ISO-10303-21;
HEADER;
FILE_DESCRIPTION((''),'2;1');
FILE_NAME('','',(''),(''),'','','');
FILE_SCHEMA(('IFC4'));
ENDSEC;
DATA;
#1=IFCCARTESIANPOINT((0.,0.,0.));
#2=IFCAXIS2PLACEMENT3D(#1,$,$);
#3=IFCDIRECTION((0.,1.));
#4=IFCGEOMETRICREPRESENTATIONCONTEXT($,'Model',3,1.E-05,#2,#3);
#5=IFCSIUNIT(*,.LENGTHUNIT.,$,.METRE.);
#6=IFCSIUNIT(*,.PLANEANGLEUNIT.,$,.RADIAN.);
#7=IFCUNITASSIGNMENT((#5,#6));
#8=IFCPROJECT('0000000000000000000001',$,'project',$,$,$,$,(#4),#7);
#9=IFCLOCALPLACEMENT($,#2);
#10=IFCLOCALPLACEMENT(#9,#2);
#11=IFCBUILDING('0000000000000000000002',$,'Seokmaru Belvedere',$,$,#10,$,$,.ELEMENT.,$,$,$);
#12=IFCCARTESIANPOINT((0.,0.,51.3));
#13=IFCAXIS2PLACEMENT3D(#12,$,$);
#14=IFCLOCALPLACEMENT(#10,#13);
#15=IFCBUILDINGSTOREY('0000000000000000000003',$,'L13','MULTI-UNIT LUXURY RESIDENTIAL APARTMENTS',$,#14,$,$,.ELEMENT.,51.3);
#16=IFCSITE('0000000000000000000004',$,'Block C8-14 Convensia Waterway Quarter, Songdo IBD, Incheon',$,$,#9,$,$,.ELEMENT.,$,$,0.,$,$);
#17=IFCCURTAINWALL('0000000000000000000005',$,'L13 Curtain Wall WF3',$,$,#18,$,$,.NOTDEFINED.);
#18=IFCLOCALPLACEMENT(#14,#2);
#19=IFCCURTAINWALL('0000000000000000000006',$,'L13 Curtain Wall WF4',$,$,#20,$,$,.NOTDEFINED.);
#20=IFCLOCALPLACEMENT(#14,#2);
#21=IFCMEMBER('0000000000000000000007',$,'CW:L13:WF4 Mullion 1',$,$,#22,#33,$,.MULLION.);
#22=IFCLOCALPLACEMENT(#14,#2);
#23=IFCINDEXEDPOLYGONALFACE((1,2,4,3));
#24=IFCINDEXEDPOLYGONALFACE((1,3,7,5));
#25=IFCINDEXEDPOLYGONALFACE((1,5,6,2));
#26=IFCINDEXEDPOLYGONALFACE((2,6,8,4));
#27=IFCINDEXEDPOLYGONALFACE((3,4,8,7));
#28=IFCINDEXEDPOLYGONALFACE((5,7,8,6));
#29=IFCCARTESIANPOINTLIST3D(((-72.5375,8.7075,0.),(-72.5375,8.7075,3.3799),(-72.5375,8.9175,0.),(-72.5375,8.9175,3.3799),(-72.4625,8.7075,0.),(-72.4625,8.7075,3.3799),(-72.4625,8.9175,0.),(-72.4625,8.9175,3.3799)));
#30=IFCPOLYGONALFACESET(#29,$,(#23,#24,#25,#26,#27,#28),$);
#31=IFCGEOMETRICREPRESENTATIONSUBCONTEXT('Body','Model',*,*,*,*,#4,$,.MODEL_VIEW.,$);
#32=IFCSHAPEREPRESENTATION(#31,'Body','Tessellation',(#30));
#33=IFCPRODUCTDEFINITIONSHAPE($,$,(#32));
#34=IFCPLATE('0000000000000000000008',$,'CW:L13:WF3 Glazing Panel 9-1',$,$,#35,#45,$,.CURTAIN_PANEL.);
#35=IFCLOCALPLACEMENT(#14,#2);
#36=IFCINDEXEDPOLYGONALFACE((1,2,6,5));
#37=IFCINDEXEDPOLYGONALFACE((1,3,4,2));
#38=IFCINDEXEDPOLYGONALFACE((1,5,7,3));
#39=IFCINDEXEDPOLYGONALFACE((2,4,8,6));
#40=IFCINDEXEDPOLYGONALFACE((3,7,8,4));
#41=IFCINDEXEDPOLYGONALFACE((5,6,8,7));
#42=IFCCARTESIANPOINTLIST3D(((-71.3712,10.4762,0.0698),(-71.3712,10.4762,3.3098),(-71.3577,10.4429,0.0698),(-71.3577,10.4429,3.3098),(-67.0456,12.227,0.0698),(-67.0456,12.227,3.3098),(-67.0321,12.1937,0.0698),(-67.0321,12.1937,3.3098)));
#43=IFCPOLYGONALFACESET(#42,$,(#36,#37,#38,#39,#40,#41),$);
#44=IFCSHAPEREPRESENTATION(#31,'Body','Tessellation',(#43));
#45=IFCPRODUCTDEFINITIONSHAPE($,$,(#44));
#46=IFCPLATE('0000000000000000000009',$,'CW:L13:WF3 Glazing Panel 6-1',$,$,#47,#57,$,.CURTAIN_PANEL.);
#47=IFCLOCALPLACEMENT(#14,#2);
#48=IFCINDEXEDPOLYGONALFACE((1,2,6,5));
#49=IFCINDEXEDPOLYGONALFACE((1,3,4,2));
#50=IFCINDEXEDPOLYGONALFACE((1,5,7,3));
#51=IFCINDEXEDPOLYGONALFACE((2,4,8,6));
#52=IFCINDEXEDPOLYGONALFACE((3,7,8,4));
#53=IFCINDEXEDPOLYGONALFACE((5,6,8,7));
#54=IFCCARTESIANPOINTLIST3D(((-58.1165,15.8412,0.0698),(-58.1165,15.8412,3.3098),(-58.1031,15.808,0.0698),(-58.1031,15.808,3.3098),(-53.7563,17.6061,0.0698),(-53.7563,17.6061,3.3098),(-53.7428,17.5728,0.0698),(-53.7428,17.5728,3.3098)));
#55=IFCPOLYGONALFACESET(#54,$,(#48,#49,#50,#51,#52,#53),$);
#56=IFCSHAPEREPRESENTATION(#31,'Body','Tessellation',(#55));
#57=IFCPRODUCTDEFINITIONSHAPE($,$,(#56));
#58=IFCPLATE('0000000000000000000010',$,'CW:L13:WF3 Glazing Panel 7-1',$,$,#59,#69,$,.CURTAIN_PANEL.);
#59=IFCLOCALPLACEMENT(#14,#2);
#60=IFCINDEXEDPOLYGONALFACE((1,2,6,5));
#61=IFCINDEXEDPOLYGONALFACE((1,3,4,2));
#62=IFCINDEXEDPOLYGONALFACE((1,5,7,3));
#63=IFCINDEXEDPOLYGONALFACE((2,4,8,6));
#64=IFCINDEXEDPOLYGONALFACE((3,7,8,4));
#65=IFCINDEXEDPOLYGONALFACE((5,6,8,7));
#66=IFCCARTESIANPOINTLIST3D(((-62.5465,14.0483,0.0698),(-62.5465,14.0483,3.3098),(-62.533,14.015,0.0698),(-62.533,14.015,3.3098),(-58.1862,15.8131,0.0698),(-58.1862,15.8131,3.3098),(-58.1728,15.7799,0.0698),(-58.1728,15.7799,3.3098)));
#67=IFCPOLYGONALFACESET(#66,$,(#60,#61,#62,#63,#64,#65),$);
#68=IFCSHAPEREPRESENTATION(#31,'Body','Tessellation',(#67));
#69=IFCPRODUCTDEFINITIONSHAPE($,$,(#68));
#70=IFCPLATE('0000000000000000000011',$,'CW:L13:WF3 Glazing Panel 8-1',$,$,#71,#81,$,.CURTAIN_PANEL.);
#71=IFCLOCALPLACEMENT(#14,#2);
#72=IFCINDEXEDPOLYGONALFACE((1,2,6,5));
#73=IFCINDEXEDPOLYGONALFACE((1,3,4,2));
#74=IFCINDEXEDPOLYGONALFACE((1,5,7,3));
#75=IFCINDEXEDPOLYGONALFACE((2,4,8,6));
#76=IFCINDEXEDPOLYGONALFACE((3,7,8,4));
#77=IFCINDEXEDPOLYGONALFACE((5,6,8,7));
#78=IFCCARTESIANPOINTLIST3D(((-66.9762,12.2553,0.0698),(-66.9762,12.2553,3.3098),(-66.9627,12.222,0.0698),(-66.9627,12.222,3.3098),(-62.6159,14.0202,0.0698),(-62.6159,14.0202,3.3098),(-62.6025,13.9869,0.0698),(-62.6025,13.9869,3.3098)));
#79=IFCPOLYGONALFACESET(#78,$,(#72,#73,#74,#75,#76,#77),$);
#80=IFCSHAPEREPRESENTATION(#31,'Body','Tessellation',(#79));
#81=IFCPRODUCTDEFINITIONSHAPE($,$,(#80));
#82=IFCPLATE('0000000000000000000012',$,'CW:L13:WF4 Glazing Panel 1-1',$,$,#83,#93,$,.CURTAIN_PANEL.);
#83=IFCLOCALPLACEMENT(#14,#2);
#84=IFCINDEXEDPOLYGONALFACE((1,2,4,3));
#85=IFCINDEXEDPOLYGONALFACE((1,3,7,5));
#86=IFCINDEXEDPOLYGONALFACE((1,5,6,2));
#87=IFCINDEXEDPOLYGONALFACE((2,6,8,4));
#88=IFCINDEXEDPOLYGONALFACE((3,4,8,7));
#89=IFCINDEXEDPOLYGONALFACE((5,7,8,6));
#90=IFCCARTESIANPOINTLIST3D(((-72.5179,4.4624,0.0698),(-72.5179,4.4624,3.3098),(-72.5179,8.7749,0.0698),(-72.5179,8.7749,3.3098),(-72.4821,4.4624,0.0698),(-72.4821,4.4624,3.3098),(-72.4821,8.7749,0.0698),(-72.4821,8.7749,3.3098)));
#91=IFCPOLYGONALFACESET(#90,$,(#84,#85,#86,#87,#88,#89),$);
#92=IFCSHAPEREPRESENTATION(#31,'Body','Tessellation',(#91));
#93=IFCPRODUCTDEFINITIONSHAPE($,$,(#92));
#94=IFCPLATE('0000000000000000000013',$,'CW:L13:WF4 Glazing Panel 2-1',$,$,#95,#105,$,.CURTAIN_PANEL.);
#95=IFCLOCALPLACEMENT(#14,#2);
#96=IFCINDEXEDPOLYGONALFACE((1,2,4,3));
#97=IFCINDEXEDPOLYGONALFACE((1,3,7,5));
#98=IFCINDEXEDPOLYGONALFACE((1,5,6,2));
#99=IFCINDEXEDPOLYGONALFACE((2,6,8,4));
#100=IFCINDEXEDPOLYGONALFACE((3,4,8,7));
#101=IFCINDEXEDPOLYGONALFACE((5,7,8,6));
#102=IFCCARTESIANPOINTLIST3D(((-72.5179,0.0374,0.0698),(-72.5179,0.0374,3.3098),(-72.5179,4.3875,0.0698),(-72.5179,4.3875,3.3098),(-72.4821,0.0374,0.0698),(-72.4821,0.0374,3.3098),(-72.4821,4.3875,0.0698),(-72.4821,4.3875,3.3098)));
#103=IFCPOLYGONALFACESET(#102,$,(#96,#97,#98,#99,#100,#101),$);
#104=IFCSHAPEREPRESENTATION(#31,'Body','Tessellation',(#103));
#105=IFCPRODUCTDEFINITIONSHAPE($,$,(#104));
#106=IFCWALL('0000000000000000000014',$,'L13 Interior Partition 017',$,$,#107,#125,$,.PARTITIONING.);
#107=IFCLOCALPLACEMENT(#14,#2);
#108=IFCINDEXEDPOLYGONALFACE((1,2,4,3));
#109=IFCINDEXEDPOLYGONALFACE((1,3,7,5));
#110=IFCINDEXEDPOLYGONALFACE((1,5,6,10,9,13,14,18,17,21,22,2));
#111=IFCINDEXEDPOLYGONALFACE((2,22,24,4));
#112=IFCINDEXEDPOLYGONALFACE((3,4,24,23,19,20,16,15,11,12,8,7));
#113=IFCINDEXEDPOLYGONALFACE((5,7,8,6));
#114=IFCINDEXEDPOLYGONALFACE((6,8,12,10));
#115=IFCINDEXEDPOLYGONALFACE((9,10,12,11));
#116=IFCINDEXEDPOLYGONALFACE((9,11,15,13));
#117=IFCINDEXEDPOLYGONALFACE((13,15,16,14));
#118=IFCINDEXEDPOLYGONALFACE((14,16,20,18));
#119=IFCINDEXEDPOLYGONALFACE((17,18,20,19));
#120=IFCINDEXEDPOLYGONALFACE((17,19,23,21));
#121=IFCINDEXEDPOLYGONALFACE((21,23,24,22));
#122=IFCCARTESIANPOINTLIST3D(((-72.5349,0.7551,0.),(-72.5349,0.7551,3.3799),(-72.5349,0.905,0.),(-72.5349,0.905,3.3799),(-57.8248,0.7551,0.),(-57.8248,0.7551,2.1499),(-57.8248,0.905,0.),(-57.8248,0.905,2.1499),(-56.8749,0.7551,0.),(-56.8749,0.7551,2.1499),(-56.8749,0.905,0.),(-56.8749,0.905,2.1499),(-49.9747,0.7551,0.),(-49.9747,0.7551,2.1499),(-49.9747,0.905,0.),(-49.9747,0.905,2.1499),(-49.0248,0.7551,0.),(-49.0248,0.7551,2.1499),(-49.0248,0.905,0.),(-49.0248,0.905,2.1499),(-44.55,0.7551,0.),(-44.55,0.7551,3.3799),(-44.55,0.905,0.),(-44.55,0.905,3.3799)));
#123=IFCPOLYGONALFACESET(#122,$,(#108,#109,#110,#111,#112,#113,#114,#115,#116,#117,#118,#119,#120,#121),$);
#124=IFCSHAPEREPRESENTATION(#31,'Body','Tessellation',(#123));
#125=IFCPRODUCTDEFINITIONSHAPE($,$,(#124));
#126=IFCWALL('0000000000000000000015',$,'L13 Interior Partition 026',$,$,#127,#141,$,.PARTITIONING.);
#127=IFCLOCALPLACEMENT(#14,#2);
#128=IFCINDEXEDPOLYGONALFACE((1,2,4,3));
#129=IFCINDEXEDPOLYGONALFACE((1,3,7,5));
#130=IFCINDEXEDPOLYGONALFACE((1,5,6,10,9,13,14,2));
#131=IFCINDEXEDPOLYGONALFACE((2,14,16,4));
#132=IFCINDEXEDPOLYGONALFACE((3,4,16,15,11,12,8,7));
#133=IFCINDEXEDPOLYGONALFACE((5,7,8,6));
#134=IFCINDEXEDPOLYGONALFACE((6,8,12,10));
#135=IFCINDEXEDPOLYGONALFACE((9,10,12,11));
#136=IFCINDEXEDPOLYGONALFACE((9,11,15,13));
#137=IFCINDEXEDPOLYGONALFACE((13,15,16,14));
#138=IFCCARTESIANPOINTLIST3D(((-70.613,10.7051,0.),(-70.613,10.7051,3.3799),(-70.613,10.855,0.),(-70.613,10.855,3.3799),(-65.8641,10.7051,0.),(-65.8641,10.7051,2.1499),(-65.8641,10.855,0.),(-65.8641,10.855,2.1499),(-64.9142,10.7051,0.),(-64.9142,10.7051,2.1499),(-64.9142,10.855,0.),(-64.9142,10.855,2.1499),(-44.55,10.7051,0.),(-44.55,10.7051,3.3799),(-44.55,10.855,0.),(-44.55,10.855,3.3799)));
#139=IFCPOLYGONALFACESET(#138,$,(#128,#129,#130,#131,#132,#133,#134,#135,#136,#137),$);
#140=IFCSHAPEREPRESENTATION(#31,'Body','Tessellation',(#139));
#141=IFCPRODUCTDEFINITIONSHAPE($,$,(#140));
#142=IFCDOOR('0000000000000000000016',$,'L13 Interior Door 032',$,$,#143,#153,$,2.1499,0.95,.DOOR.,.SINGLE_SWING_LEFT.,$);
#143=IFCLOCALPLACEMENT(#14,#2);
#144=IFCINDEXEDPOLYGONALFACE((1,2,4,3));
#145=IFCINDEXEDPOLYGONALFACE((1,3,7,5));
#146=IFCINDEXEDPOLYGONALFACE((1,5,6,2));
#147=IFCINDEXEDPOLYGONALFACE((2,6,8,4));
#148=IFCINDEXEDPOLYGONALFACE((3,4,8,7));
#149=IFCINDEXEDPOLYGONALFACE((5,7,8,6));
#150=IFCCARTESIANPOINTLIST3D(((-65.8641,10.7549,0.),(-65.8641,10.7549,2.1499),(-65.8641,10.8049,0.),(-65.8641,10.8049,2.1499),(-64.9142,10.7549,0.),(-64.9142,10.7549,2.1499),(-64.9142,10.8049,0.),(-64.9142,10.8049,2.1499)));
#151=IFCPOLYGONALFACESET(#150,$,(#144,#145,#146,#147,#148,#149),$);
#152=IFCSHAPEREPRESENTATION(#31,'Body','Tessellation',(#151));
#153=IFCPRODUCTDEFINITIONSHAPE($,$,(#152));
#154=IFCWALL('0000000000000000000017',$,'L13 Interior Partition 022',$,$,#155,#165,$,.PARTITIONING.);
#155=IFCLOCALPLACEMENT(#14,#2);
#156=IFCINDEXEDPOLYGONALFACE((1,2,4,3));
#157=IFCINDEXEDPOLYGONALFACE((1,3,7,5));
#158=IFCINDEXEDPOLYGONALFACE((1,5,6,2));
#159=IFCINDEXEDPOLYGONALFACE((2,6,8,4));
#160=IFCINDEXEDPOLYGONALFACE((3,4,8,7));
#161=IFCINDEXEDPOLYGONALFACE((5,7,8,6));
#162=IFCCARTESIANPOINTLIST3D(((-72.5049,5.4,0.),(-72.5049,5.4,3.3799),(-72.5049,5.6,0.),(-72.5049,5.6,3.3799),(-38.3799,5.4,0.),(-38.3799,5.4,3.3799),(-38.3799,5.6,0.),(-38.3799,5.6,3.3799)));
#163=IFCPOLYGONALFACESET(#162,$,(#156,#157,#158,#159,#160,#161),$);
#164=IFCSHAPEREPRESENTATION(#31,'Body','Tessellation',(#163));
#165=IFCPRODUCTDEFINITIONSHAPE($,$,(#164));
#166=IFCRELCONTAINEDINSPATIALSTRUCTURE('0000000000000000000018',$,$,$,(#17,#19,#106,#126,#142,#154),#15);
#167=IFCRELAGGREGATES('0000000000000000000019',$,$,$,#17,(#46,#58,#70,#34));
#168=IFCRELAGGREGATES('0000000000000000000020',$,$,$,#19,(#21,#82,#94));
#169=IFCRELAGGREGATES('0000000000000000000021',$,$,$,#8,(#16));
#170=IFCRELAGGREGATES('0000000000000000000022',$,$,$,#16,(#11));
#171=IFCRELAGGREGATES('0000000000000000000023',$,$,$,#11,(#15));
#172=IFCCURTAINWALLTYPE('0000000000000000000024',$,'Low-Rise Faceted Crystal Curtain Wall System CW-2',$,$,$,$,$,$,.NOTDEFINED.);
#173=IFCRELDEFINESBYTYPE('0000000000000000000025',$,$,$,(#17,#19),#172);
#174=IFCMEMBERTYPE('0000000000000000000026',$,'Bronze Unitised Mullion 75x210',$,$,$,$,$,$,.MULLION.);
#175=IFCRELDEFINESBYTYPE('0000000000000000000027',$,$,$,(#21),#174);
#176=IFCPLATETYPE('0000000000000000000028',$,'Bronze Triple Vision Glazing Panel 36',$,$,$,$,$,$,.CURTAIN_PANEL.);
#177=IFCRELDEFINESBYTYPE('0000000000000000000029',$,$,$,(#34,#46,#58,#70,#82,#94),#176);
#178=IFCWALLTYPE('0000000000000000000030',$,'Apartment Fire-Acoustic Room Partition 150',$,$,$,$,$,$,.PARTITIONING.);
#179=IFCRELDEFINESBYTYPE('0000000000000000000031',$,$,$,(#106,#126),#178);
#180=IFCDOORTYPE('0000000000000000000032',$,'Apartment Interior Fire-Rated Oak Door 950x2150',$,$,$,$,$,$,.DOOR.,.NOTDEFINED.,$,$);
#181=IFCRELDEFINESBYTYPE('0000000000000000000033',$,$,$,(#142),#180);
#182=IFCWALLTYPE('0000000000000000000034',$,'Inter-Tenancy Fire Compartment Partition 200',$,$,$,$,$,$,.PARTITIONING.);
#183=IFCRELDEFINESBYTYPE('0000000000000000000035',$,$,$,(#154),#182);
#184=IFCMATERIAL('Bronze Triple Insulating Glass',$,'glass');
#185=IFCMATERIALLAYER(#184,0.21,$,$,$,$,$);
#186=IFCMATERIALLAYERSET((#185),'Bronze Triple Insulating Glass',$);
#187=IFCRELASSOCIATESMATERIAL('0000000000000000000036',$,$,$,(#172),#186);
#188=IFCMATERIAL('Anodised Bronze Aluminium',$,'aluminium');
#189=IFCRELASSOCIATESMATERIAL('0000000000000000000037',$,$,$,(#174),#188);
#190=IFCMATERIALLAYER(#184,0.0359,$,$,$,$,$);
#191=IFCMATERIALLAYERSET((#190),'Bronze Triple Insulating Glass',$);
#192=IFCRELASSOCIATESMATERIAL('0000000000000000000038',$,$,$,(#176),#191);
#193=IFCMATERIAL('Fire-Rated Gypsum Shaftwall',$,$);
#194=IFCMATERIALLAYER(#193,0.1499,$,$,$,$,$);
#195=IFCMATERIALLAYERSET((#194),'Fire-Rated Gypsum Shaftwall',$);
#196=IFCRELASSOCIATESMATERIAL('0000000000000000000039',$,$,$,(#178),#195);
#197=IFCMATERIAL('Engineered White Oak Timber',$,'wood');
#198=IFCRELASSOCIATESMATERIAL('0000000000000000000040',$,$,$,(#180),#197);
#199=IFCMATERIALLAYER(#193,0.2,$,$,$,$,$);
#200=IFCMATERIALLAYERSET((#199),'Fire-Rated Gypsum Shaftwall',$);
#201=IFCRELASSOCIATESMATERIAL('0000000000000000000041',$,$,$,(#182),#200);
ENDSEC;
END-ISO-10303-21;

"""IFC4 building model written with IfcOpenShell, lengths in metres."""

from ifc_helpers import new_model, si_unit, direction, frame, frame_2d, origin, origin_2d, place, context, subcontext, project, spatial, rectangle, extrude, source, transform, mapped, material, layer, layer_set, material_profile, profile_set, type_object, type_shapes, element, fill, aggregate, save


model = new_model("IFC4")

# Units and contexts
model_context = context("Model", 3, precision=1e-05, world=origin(), true_north=direction((0.0, 1.0)))
body_context = subcontext(model_context, "Body", "Model", "MODEL_VIEW")
ifc_project = project(units=[si_unit("LENGTHUNIT", "METRE"), si_unit("PLANEANGLEUNIT", "RADIAN")], contexts=[model_context])

# Site, building, storey
site_placement = place(None, origin())
site = spatial("IfcSite", under=ifc_project, at=site_placement, Name="Block C8-14 Convensia Waterway Quarter, Songdo IBD, Incheon", CompositionType="ELEMENT", RefElevation=0.0)
building_placement = place(site_placement, origin())
building = spatial("IfcBuilding", under=site, at=building_placement, Name="Seokmaru Belvedere", CompositionType="ELEMENT")
storey_placement = place(building_placement, frame((0.0, 0.0, 51.3)))
storey = spatial("IfcBuildingStorey", under=building, at=storey_placement, Name="L13", Description="MULTI-UNIT LUXURY RESIDENTIAL APARTMENTS", CompositionType="ELEMENT", Elevation=51.3)

# Curtain walls
ifc_material_1 = material(Name="Bronze Triple Insulating Glass", Category="glass")
ifc_layer_1 = layer(ifc_material_1, 0.21)
ifc_layer_set_1 = layer_set([ifc_layer_1], Name="Bronze Triple Insulating Glass")
curtain_wall_type = type_object("IfcCurtainWallType", Name="Low-Rise Faceted Crystal Curtain Wall System CW-2", PredefinedType="NOTDEFINED", material=ifc_layer_set_1)
curtain_wall_1_placement = place(storey_placement, origin())
curtain_wall_1 = element("IfcCurtainWall", 1, at=curtain_wall_1_placement, inside=storey, type_object=curtain_wall_type, Name="L13 Curtain Wall WF3", PredefinedType="NOTDEFINED")
ifc_material_2 = material(Name="Anodised Bronze Aluminium", Category="aluminium")
ifc_material_profile_1 = material_profile(ifc_material_2, rectangle(XDim=0.075, YDim=0.21, at=origin_2d()), Name="CW-M-75x210")
ifc_profile_set_1 = profile_set([ifc_material_profile_1], Name="Anodised Bronze Aluminium")
member_type_1 = type_object("IfcMemberType", Name="Bronze Unitised Mullion 75x210", PredefinedType="MULLION", material=ifc_profile_set_1)
curtain_wall_2_placement = place(storey_placement, origin())
curtain_wall_2 = element("IfcCurtainWall", 2, at=curtain_wall_2_placement, inside=storey, type_object=curtain_wall_type, Name="L13 Curtain Wall WF4", PredefinedType="NOTDEFINED")

# Member
shared_shape_1 = source(origin(), body_context, "Body", "SweptSolid", [
    extrude(rectangle(XDim=0.075, YDim=0.21, at=origin_2d()), origin(), (0.0, 0.0, 1.0), 3.3799),
])
member_1_placement = place(storey_placement, frame((-72.5, 8.8125, 0.0), z_axis=(0.0, 0.0, 1.0), x_axis=(1.0, 0.0, 0.0)))
member_1 = element("IfcMember", 3, at=member_1_placement, type_object=member_type_1, Name="CW:L13:WF4 Mullion 1", PredefinedType="MULLION", context=body_context, shape_type="MappedRepresentation", body=[
    mapped(shared_shape_1, transform((0.0, 0.0, 0.0), scale=1.0)),
])

# Plates
ifc_layer_2 = layer(ifc_material_1, 0.0359)
ifc_layer_set_2 = layer_set([ifc_layer_2], Name="Bronze Triple Insulating Glass")
plate_type = type_object("IfcPlateType", Name="Bronze Triple Vision Glazing Panel 36", PredefinedType="CURTAIN_PANEL", material=ifc_layer_set_2)
shared_shape_2 = source(origin(), body_context, "Body", "SweptSolid", [
    extrude(rectangle(XDim=4.6665, YDim=0.0359, at=origin_2d()), origin(), (0.0, 0.0, 1.0), 3.24),
])
plate_1_placement = place(storey_placement, frame((-69.2017, 11.335, 0.0698), z_axis=(0.0, 0.0, 1.0), x_axis=(-0.926947, -0.375192, 0.0)))
plate_1 = element("IfcPlate", 4, at=plate_1_placement, type_object=plate_type, Name="CW:L13:WF3 Glazing Panel 9-1", PredefinedType="CURTAIN_PANEL", context=body_context, shape_type="MappedRepresentation", body=[
    mapped(shared_shape_2, transform((0.0, 0.0, 0.0), scale=1.0)),
])
shared_shape_3 = source(origin(), body_context, "Body", "SweptSolid", [
    extrude(rectangle(XDim=4.7039, YDim=0.0359, at=origin_2d()), origin(), (0.0, 0.0, 1.0), 3.24),
])
plate_2_placement = place(storey_placement, frame((-55.9297, 16.707, 0.0698), z_axis=(0.0, 0.0, 1.0), x_axis=(-0.926947, -0.375192, 0.0)))
plate_2 = element("IfcPlate", 5, at=plate_2_placement, type_object=plate_type, Name="CW:L13:WF3 Glazing Panel 6-1", PredefinedType="CURTAIN_PANEL", context=body_context, shape_type="MappedRepresentation", body=[
    mapped(shared_shape_3, transform((0.0, 0.0, 0.0), scale=1.0)),
])
plate_3_placement = place(storey_placement, frame((-60.3596, 14.9141, 0.0698), z_axis=(0.0, 0.0, 1.0), x_axis=(-0.926947, -0.375192, 0.0)))
plate_3 = element("IfcPlate", 6, at=plate_3_placement, type_object=plate_type, Name="CW:L13:WF3 Glazing Panel 7-1", PredefinedType="CURTAIN_PANEL", context=body_context, shape_type="MappedRepresentation", body=[
    mapped(shared_shape_3, transform((0.0, 0.0, 0.0), scale=1.0)),
])
plate_4_placement = place(storey_placement, frame((-64.7893, 13.1211, 0.0698), z_axis=(0.0, 0.0, 1.0), x_axis=(-0.926947, -0.375192, 0.0)))
plate_4 = element("IfcPlate", 7, at=plate_4_placement, type_object=plate_type, Name="CW:L13:WF3 Glazing Panel 8-1", PredefinedType="CURTAIN_PANEL", context=body_context, shape_type="MappedRepresentation", body=[
    mapped(shared_shape_3, transform((0.0, 0.0, 0.0), scale=1.0)),
])
aggregate(curtain_wall_1, [plate_2, plate_3, plate_4, plate_1])
shared_shape_4 = source(origin(), body_context, "Body", "SweptSolid", [
    extrude(rectangle(XDim=4.3125, YDim=0.0359, at=origin_2d()), origin(), (0.0, 0.0, 1.0), 3.24),
])
plate_5_placement = place(storey_placement, frame((-72.5, 6.6187, 0.0698), z_axis=(0.0, 0.0, 1.0), x_axis=(0.0, -1.0, 0.0)))
plate_5 = element("IfcPlate", 8, at=plate_5_placement, type_object=plate_type, Name="CW:L13:WF4 Glazing Panel 1-1", PredefinedType="CURTAIN_PANEL", context=body_context, shape_type="MappedRepresentation", body=[
    mapped(shared_shape_4, transform((0.0, 0.0, 0.0), scale=1.0)),
])
shared_shape_5 = source(origin(), body_context, "Body", "SweptSolid", [
    extrude(rectangle(XDim=4.3501, YDim=0.0359, at=origin_2d()), origin(), (0.0, 0.0, 1.0), 3.24),
])
type_shapes(plate_type, [shared_shape_2, shared_shape_3, shared_shape_4, shared_shape_5])
plate_6_placement = place(storey_placement, frame((-72.5, 2.2124, 0.0698), z_axis=(0.0, 0.0, 1.0), x_axis=(0.0, -1.0, 0.0)))
plate_6 = element("IfcPlate", 9, at=plate_6_placement, type_object=plate_type, Name="CW:L13:WF4 Glazing Panel 2-1", PredefinedType="CURTAIN_PANEL", context=body_context, shape_type="MappedRepresentation", body=[
    mapped(shared_shape_5, transform((0.0, 0.0, 0.0), scale=1.0)),
])
aggregate(curtain_wall_2, [member_1, plate_5, plate_6])

# Wall, openings
ifc_material_3 = material(Name="Fire-Rated Gypsum Shaftwall")
ifc_layer_3 = layer(ifc_material_3, 0.1499)
ifc_layer_set_3 = layer_set([ifc_layer_3], Name="Fire-Rated Gypsum Shaftwall")
wall_type_1 = type_object("IfcWallType", Name="Apartment Fire-Acoustic Room Partition 150", PredefinedType="PARTITIONING", material=ifc_layer_set_3)
wall_1_placement = place(storey_placement, frame((-72.5349, 0.8301, 0.0), z_axis=(0.0, 0.0, 1.0), x_axis=(1.0, 0.0, 0.0)))
wall_1 = element("IfcWall", 10, at=wall_1_placement, inside=storey, type_object=wall_type_1, Name="L13 Interior Partition 017", PredefinedType="PARTITIONING", context=body_context, shape_type="SweptSolid", body=[
    extrude(rectangle(XDim=27.9849, YDim=0.1499, at=frame_2d((13.9924, 0.0))), origin(), (0.0, 0.0, 1.0), 3.3799),
])
opening_1_placement = place(wall_1_placement, frame((22.5601, 0.0, 0.0)))
element("IfcOpeningElement", 11, at=opening_1_placement, cuts=wall_1, PredefinedType="OPENING", context=body_context, shape_type="SweptSolid", body=[
    extrude(rectangle(XDim=0.95, YDim=2.1499, at=frame_2d((0.4751, 1.075))), frame((0.0, 0.085, 0.0), z_axis=(0.0, -1.0, 0.0), x_axis=(1.0, 0.0, 0.0)), (0.0, 0.0, 1.0), 0.1699),
])
opening_2_placement = place(wall_1_placement, frame((14.71, 0.0, 0.0)))
element("IfcOpeningElement", 12, at=opening_2_placement, cuts=wall_1, PredefinedType="OPENING", context=body_context, shape_type="SweptSolid", body=[
    extrude(rectangle(XDim=0.95, YDim=2.1499, at=frame_2d((0.4751, 1.075))), frame((0.0, 0.085, 0.0), z_axis=(0.0, -1.0, 0.0), x_axis=(1.0, 0.0, 0.0)), (0.0, 0.0, 1.0), 0.1699),
])

# Wall, opening, door
wall_2_placement = place(storey_placement, frame((-70.613, 10.78, 0.0), z_axis=(0.0, 0.0, 1.0), x_axis=(1.0, 0.0, 0.0)))
wall_2 = element("IfcWall", 13, at=wall_2_placement, inside=storey, type_object=wall_type_1, Name="L13 Interior Partition 026", PredefinedType="PARTITIONING", context=body_context, shape_type="SweptSolid", body=[
    extrude(rectangle(XDim=26.063, YDim=0.1499, at=frame_2d((13.0315, 0.0))), origin(), (0.0, 0.0, 1.0), 3.3799),
])
opening_3_placement = place(wall_2_placement, frame((4.7488, 0.0, 0.0)))
opening_3 = element("IfcOpeningElement", 14, at=opening_3_placement, cuts=wall_2, PredefinedType="OPENING", context=body_context, shape_type="SweptSolid", body=[
    extrude(rectangle(XDim=0.95, YDim=2.1499, at=frame_2d((0.4751, 1.075))), frame((0.0, 0.085, 0.0), z_axis=(0.0, -1.0, 0.0), x_axis=(1.0, 0.0, 0.0)), (0.0, 0.0, 1.0), 0.1699),
])
ifc_material_4 = material(Name="Engineered White Oak Timber", Category="wood")
door_type = type_object("IfcDoorType", Name="Apartment Interior Fire-Rated Oak Door 950x2150", OperationType="NOTDEFINED", PredefinedType="DOOR", material=ifc_material_4)
shared_shape_6 = source(origin(), body_context, "Body", "SweptSolid", [
    extrude(rectangle(XDim=0.95, YDim=2.1499, at=frame_2d((0.4751, 1.075))), frame((0.0, 0.0249, 0.0), z_axis=(0.0, -1.0, 0.0), x_axis=(1.0, 0.0, 0.0)), (0.0, 0.0, 1.0), 0.05),
])
type_shapes(door_type, [shared_shape_6])
door_placement = place(opening_3_placement, origin())
door = element("IfcDoor", 15, at=door_placement, inside=storey, type_object=door_type, Name="L13 Interior Door 032", OperationType="SINGLE_SWING_LEFT", OverallHeight=2.1499, OverallWidth=0.95, PredefinedType="DOOR", context=body_context, shape_type="MappedRepresentation", body=[
    mapped(shared_shape_6, transform((0.0, 0.0, 0.0), scale=1.0)),
])
fill(opening_3, door)

# Wall
ifc_layer_4 = layer(ifc_material_3, 0.2)
ifc_layer_set_4 = layer_set([ifc_layer_4], Name="Fire-Rated Gypsum Shaftwall")
wall_type_2 = type_object("IfcWallType", Name="Inter-Tenancy Fire Compartment Partition 200", PredefinedType="PARTITIONING", material=ifc_layer_set_4)
wall_3_placement = place(storey_placement, frame((-72.5049, 5.5, 0.0), z_axis=(0.0, 0.0, 1.0), x_axis=(1.0, 0.0, 0.0)))
element("IfcWall", 16, at=wall_3_placement, inside=storey, type_object=wall_type_2, Name="L13 Interior Partition 022", PredefinedType="PARTITIONING", context=body_context, shape_type="SweptSolid", body=[
    extrude(rectangle(XDim=34.125, YDim=0.2, at=frame_2d((17.0625, 0.0))), origin(), (0.0, 0.0, 1.0), 3.3799),
])

save(model, "model.ifc")
